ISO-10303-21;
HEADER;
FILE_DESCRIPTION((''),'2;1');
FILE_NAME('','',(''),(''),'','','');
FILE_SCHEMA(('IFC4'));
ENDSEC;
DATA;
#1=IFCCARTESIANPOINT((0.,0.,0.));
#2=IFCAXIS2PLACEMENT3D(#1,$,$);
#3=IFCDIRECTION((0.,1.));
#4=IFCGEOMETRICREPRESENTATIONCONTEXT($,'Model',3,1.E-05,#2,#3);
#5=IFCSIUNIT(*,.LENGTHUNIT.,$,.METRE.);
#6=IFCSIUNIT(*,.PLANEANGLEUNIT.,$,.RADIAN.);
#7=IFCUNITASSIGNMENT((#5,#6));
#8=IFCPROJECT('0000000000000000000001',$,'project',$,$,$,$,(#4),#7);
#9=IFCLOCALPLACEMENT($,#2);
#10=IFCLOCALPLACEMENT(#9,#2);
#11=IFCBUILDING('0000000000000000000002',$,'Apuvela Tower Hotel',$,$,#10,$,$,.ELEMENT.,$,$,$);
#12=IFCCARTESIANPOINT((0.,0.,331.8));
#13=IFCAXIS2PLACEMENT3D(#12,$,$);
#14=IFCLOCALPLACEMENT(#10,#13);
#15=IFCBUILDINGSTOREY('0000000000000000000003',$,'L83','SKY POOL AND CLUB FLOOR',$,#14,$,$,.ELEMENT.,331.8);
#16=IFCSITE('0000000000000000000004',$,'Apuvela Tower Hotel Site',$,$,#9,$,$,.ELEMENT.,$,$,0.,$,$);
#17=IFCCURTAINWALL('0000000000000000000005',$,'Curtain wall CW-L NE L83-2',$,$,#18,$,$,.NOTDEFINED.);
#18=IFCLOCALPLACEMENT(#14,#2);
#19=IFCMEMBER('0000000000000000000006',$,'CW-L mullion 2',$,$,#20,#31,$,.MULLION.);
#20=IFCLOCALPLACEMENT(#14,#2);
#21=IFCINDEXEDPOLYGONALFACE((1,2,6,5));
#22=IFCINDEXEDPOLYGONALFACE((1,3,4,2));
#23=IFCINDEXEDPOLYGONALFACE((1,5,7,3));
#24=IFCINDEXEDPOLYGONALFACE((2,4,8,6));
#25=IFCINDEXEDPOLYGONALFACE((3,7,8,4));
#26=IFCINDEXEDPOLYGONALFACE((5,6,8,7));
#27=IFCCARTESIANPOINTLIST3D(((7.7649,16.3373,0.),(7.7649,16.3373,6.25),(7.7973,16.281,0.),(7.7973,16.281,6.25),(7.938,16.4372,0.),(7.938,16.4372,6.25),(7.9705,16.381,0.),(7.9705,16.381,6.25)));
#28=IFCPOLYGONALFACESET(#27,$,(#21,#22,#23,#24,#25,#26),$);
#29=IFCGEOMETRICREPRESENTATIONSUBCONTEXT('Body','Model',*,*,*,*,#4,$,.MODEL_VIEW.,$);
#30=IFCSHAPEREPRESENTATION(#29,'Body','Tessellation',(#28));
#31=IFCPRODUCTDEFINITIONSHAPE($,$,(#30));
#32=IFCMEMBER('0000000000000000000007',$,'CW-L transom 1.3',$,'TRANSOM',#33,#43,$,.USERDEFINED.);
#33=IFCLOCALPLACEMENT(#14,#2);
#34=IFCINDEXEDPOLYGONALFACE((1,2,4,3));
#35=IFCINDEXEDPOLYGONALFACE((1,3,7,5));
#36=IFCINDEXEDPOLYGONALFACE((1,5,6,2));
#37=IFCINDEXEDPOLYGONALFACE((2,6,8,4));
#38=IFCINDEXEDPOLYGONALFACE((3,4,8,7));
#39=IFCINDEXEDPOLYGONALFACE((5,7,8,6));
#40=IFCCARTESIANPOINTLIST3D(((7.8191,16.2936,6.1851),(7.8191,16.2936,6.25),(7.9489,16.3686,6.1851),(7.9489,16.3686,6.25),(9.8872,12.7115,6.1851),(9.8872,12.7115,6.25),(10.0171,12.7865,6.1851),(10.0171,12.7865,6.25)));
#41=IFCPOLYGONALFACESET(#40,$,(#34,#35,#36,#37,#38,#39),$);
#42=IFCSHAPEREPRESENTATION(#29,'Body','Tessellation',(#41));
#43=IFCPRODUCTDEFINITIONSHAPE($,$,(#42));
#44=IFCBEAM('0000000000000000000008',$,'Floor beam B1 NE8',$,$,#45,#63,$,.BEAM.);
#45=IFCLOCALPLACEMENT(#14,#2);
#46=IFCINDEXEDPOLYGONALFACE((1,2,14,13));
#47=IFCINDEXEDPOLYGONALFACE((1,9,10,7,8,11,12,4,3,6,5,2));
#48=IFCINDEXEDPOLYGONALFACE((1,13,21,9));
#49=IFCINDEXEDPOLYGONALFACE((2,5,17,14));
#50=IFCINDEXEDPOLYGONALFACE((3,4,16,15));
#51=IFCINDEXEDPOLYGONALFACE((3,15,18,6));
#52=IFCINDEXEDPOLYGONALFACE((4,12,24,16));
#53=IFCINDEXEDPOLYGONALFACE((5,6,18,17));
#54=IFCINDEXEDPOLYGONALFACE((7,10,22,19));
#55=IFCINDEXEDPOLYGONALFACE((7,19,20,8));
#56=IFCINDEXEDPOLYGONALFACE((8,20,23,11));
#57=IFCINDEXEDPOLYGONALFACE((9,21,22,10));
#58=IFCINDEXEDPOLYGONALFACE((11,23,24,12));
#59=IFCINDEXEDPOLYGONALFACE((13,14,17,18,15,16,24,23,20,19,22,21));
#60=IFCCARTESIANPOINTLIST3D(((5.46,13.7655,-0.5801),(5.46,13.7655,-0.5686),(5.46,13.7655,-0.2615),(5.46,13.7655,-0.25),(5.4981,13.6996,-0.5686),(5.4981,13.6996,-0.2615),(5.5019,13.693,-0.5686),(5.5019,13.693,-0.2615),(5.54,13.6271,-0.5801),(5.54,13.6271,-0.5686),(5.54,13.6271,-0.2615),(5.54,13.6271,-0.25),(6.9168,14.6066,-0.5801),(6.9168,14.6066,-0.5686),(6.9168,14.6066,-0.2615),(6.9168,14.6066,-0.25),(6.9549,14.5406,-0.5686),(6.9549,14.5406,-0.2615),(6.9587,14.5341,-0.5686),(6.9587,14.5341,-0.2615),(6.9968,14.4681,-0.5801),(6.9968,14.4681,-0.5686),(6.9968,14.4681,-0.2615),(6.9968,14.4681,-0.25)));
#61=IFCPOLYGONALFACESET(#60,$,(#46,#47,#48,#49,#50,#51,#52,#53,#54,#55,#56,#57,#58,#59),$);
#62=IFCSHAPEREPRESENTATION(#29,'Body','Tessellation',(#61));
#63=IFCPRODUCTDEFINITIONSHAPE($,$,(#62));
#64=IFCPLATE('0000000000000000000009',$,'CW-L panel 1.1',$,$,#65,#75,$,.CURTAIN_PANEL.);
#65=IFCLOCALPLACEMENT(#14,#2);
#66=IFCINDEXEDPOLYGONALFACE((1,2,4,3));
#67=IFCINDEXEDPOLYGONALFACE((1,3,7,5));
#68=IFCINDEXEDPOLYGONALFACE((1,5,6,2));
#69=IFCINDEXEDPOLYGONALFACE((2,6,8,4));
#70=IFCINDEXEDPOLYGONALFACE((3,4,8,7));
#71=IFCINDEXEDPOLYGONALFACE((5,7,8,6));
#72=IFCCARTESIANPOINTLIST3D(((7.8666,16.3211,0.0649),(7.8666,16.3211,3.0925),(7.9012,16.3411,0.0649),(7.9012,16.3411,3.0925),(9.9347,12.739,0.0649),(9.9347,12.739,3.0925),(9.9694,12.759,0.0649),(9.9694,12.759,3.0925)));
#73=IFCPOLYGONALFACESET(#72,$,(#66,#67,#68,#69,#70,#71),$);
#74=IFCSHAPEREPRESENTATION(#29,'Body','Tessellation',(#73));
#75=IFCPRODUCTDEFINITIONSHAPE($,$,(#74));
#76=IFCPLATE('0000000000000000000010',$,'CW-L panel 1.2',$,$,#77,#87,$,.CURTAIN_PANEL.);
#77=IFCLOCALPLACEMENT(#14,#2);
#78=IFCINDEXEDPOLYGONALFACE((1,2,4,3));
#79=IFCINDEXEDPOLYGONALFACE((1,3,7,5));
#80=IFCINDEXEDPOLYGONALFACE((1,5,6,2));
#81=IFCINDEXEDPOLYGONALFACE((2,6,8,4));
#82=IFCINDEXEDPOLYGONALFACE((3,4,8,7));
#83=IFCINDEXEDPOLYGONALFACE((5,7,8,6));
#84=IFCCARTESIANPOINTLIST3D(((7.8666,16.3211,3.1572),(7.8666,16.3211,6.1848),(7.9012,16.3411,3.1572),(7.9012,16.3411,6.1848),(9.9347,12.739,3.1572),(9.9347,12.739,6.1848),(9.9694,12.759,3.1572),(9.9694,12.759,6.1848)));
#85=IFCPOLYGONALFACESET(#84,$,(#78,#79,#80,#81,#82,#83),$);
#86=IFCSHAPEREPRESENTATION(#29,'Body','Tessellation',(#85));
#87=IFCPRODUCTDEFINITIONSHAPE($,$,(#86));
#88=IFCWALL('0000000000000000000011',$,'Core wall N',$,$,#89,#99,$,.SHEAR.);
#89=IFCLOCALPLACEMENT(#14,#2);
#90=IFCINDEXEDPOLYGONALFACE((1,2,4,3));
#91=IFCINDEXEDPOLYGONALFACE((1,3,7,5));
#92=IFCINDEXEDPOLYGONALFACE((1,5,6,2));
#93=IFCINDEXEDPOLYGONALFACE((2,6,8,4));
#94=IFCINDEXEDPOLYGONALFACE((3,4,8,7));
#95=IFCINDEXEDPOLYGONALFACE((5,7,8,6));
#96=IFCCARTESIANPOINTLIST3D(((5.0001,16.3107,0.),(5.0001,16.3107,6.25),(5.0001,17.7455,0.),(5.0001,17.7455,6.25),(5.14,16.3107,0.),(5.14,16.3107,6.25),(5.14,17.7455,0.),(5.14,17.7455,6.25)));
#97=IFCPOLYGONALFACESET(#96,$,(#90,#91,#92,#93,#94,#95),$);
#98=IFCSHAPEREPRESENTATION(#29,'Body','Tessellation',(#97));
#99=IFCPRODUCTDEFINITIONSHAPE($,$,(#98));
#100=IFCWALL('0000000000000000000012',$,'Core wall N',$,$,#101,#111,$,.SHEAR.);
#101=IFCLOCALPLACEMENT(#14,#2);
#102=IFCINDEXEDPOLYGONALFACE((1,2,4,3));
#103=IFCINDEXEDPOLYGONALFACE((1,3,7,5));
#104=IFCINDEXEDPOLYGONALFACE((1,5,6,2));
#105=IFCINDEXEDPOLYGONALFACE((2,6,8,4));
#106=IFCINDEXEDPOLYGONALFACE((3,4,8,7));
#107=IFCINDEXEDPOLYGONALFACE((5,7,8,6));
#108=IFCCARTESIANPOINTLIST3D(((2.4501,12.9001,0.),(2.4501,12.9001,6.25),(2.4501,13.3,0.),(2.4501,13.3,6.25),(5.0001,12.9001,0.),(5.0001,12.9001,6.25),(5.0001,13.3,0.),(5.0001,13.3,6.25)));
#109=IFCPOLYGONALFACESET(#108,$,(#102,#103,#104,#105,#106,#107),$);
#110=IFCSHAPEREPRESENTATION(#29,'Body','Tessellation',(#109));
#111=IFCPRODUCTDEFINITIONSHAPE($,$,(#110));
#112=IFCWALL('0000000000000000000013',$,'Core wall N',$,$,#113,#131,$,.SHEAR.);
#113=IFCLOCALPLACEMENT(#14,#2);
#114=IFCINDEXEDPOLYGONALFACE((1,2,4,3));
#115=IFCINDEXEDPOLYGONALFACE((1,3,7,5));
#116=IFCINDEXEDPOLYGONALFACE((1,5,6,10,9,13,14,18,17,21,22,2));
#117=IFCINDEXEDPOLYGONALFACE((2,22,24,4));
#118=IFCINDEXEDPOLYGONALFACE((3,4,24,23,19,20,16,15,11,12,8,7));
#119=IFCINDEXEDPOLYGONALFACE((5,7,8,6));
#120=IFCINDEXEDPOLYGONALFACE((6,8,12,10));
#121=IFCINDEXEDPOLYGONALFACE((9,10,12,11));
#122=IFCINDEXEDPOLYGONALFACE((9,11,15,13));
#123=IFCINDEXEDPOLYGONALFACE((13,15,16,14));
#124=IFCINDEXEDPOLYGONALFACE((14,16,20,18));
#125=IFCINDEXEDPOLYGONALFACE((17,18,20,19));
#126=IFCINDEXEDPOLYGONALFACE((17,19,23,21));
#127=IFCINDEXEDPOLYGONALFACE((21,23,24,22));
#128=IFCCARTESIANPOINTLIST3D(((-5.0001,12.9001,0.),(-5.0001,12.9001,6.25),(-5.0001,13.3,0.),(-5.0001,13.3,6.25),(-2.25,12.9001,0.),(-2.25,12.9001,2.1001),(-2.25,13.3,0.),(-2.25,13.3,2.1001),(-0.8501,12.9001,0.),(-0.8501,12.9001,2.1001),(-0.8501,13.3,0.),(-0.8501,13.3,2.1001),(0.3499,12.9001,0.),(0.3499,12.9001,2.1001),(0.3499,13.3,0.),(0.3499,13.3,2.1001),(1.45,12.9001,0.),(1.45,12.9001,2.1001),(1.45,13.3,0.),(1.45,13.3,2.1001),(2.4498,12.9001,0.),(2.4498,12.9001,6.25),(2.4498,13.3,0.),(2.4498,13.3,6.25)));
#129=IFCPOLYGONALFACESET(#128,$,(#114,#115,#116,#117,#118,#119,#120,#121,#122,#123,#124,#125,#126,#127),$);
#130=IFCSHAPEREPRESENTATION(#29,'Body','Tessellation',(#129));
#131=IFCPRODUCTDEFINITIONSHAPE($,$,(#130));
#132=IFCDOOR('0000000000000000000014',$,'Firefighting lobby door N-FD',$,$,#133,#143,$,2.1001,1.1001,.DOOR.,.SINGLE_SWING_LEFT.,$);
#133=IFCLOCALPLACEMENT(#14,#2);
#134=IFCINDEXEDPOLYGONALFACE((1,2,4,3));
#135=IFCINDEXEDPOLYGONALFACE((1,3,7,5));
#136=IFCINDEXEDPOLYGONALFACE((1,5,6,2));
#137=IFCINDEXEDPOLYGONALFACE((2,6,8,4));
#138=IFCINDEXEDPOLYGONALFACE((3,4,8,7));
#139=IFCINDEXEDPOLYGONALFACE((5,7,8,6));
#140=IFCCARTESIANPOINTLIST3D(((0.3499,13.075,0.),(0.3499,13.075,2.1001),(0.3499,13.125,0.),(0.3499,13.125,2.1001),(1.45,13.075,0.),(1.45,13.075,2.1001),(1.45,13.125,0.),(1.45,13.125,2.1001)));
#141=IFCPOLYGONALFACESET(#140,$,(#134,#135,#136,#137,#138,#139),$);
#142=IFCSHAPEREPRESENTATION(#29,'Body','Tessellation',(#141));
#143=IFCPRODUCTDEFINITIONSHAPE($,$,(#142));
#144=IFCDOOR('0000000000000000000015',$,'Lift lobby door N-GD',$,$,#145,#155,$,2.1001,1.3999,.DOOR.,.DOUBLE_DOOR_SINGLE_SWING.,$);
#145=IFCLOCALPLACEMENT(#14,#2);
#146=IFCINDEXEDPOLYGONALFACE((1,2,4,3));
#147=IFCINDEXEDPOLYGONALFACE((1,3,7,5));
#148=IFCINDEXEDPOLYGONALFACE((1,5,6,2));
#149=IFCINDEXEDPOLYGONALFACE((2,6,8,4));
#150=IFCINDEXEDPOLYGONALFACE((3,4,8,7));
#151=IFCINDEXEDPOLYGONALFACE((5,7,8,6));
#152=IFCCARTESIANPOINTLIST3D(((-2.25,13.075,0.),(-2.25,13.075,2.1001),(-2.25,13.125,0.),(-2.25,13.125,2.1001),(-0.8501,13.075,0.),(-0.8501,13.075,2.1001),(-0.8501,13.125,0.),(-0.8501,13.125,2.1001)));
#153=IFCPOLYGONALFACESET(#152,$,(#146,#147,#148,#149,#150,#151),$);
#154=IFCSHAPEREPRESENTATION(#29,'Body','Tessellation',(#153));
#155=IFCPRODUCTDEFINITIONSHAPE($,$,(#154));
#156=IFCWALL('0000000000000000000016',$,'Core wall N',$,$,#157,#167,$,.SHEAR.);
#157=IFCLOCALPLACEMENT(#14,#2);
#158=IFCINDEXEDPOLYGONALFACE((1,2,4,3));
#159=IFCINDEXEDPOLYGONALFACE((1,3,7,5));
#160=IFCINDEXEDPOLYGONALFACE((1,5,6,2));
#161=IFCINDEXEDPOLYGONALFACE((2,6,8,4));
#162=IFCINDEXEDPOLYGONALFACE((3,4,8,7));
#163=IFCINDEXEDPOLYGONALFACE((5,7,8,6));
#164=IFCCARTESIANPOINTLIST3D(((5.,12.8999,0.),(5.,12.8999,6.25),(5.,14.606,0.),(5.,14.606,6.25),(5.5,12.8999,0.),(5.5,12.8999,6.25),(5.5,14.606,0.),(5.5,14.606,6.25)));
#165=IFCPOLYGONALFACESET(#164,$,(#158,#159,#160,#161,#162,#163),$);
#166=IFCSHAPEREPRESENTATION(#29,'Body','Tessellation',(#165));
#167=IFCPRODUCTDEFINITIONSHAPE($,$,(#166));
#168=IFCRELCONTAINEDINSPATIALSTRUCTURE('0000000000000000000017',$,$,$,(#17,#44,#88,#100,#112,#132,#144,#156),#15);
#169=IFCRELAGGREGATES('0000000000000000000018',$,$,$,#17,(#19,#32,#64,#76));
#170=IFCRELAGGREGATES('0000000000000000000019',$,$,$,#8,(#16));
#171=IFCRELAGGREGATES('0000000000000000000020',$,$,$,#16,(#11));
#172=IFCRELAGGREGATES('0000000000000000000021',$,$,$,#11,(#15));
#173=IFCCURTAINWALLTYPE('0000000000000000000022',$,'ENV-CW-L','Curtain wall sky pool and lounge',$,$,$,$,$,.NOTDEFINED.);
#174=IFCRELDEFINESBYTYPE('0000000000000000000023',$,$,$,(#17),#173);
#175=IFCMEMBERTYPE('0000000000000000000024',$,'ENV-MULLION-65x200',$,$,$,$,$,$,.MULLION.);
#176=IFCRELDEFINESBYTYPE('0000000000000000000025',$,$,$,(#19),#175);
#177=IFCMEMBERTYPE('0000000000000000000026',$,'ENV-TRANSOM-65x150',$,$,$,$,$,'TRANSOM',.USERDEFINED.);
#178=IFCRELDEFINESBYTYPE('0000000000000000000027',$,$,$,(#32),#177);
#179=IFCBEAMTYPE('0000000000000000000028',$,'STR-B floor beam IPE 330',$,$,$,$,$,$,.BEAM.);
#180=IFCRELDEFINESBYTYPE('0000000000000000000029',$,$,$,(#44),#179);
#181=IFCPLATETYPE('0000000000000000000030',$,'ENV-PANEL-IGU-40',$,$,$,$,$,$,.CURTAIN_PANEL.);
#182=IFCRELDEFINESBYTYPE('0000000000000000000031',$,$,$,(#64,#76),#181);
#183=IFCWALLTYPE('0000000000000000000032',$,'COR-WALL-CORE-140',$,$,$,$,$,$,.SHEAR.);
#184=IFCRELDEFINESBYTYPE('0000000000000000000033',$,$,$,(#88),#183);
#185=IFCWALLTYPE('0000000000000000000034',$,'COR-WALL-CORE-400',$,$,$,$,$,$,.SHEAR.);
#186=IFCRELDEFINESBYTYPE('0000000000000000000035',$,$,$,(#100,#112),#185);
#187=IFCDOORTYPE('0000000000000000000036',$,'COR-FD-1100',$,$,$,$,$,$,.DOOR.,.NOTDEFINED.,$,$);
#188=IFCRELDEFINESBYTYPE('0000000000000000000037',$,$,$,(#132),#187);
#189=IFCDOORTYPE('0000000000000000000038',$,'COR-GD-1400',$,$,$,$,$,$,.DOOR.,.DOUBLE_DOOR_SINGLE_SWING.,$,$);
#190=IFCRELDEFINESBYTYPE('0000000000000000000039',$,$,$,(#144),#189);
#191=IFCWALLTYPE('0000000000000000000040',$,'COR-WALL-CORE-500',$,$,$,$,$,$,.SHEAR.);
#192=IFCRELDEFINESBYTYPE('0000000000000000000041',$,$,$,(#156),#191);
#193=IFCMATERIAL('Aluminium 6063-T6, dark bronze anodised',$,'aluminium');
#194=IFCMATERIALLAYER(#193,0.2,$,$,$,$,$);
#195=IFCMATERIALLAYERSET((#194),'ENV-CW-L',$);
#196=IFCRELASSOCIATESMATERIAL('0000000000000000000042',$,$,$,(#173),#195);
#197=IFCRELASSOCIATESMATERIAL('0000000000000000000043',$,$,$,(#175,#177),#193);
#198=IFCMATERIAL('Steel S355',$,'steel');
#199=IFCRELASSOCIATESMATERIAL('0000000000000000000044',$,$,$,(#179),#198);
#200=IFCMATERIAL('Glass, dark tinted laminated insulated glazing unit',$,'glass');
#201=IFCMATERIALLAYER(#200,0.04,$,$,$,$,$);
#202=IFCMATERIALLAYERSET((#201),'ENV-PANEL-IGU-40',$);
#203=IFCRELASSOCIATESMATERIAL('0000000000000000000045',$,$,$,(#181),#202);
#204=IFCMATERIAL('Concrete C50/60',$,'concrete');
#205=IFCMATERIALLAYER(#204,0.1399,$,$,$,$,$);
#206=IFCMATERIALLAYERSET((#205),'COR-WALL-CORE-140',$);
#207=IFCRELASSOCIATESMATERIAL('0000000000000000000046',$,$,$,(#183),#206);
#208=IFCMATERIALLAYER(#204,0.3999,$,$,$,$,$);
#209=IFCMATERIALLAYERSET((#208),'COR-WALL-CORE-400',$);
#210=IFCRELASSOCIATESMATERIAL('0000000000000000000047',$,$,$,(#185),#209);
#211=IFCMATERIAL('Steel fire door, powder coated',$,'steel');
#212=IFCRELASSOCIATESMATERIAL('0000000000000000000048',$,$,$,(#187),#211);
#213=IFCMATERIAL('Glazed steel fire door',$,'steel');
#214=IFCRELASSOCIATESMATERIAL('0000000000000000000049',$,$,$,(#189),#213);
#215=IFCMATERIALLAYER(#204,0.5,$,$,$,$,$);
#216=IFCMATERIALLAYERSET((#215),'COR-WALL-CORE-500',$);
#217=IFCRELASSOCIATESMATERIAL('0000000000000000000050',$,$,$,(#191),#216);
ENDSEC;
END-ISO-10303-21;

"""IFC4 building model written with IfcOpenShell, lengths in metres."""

from ifc_helpers import new_model, si_unit, direction, frame, frame_2d, origin, origin_2d, place, context, subcontext, project, spatial, rectangle, i_section, extrude, material, layer, layer_set, material_profile, profile_set, type_object, element, fill, aggregate, save


model = new_model("IFC4")

# Units and contexts
model_context = context("Model", 3, precision=1e-05, world=origin(), true_north=direction((0.0, 1.0)))
body_context = subcontext(model_context, "Body", "Model", "MODEL_VIEW")
ifc_project = project(units=[si_unit("LENGTHUNIT", "METRE"), si_unit("PLANEANGLEUNIT", "RADIAN")], contexts=[model_context])

# Site, building, storey
site_placement = place(None, origin())
site = spatial("IfcSite", under=ifc_project, at=site_placement, Name="Apuvela Tower Hotel Site", CompositionType="ELEMENT", RefElevation=0.0)
building_placement = place(site_placement, origin())
building = spatial("IfcBuilding", under=site, at=building_placement, Name="Apuvela Tower Hotel", CompositionType="ELEMENT")
storey_placement = place(building_placement, frame((0.0, 0.0, 331.8)))
storey = spatial("IfcBuildingStorey", under=building, at=storey_placement, Name="L83", Description="SKY POOL AND CLUB FLOOR", CompositionType="ELEMENT", Elevation=331.8)

# Curtain wall, members
ifc_material_1 = material(Name="Aluminium 6063-T6, dark bronze anodised", Category="aluminium")
ifc_layer_1 = layer(ifc_material_1, 0.2)
ifc_layer_set_1 = layer_set([ifc_layer_1], Name="ENV-CW-L")
curtain_wall_type = type_object("IfcCurtainWallType", Name="ENV-CW-L", Description="Curtain wall sky pool and lounge", PredefinedType="NOTDEFINED", material=ifc_layer_set_1)
curtain_wall_placement = place(storey_placement, origin())
curtain_wall = element("IfcCurtainWall", 1, at=curtain_wall_placement, inside=storey, type_object=curtain_wall_type, Name="Curtain wall CW-L NE L83-2", PredefinedType="NOTDEFINED")
ifc_material_profile_1 = material_profile(ifc_material_1, rectangle(XDim=0.2, YDim=0.0649, at=origin_2d()), Name="AL 65x200")
ifc_profile_set_1 = profile_set([ifc_material_profile_1], Name="Aluminium 6063-T6, dark bronze anodised")
member_type_1 = type_object("IfcMemberType", Name="ENV-MULLION-65x200", PredefinedType="MULLION", material=ifc_profile_set_1)
member_1_placement = place(storey_placement, frame((7.8677, 16.3591, 0.0), z_axis=(0.0, 0.0, 1.0), x_axis=(-0.866023, -0.500004, 0.0)))
member_1 = element("IfcMember", 2, at=member_1_placement, type_object=member_type_1, Name="CW-L mullion 2", PredefinedType="MULLION", context=body_context, shape_type="SweptSolid", body=[
    extrude(rectangle(XDim=0.2, YDim=0.0649, at=origin_2d()), origin(), (0.0, 0.0, 1.0), 6.25),
])
ifc_material_profile_2 = material_profile(ifc_material_1, rectangle(XDim=0.1499, YDim=0.0649, at=origin_2d()), Name="AL 65x150 transom")
ifc_profile_set_2 = profile_set([ifc_material_profile_2], Name="Aluminium 6063-T6, dark bronze anodised")
member_type_2 = type_object("IfcMemberType", Name="ENV-TRANSOM-65x150", ElementType="TRANSOM", PredefinedType="USERDEFINED", material=ifc_profile_set_2)
member_2_placement = place(storey_placement, frame((9.9521, 12.749, 6.2175), z_axis=(-0.500005, 0.866022, 0.0), x_axis=(-0.866022, -0.500005, 0.0)))
member_2 = element("IfcMember", 3, at=member_2_placement, type_object=member_type_2, Name="CW-L transom 1.3", ObjectType="TRANSOM", PredefinedType="USERDEFINED", context=body_context, shape_type="SweptSolid", body=[
    extrude(rectangle(XDim=0.1499, YDim=0.0649, at=origin_2d()), origin(), (0.0, 0.0, 1.0), 4.1362),
])

# Beam
ifc_material_2 = material(Name="Steel S355", Category="steel")
ifc_material_profile_3 = material_profile(ifc_material_2, i_section(OverallWidth=0.1599, OverallDepth=0.3301, WebThickness=0.0076, FlangeThickness=0.0115, at=origin_2d()), Name="IPE 330")
ifc_profile_set_3 = profile_set([ifc_material_profile_3], Name="Steel S355")
beam_type = type_object("IfcBeamType", Name="STR-B floor beam IPE 330", PredefinedType="BEAM", material=ifc_profile_set_3)
beam_placement = place(storey_placement, frame((6.9568, 14.5374, -0.415), z_axis=(-0.866028, -0.499995, 0.0), x_axis=(0.499995, -0.866028, 0.0)))
element("IfcBeam", 4, at=beam_placement, inside=storey, type_object=beam_type, Name="Floor beam B1 NE8", PredefinedType="BEAM", context=body_context, shape_type="SweptSolid", body=[
    extrude(i_section(OverallWidth=0.1599, OverallDepth=0.3301, WebThickness=0.0076, FlangeThickness=0.0115, at=origin_2d()), origin(), (0.0, 0.0, 1.0), 1.6821),
])

# Plates
ifc_material_3 = material(Name="Glass, dark tinted laminated insulated glazing unit", Category="glass")
ifc_layer_2 = layer(ifc_material_3, 0.04)
ifc_layer_set_2 = layer_set([ifc_layer_2], Name="ENV-PANEL-IGU-40")
plate_type = type_object("IfcPlateType", Name="ENV-PANEL-IGU-40", PredefinedType="CURTAIN_PANEL", material=ifc_layer_set_2)
plate_1_placement = place(storey_placement, frame((8.918, 14.54, 0.0649), z_axis=(0.0, 0.0, 1.0), x_axis=(-0.500004, 0.866023, 0.0)))
plate_1 = element("IfcPlate", 5, at=plate_1_placement, type_object=plate_type, Name="CW-L panel 1.1", PredefinedType="CURTAIN_PANEL", context=body_context, shape_type="SweptSolid", body=[
    extrude(rectangle(XDim=4.1362, YDim=0.04, at=origin_2d()), origin(), (0.0, 0.0, 1.0), 3.0276),
])
plate_2_placement = place(storey_placement, frame((8.918, 14.54, 3.1572), z_axis=(0.0, 0.0, 1.0), x_axis=(-0.500004, 0.866023, 0.0)))
plate_2 = element("IfcPlate", 6, at=plate_2_placement, type_object=plate_type, Name="CW-L panel 1.2", PredefinedType="CURTAIN_PANEL", context=body_context, shape_type="SweptSolid", body=[
    extrude(rectangle(XDim=4.1362, YDim=0.04, at=origin_2d()), origin(), (0.0, 0.0, 1.0), 3.0276),
])
aggregate(curtain_wall, [member_1, member_2, plate_1, plate_2])

# Walls
ifc_material_4 = material(Name="Concrete C50/60", Category="concrete")
ifc_layer_3 = layer(ifc_material_4, 0.1399)
ifc_layer_set_3 = layer_set([ifc_layer_3], Name="COR-WALL-CORE-140")
wall_type_1 = type_object("IfcWallType", Name="COR-WALL-CORE-140", PredefinedType="SHEAR", material=ifc_layer_set_3)
wall_1_placement = place(storey_placement, frame((5.0701, 16.3108, 0.0), z_axis=(0.0, 0.0, 1.0), x_axis=(0.0, 1.0, 0.0)))
element("IfcWall", 7, at=wall_1_placement, inside=storey, type_object=wall_type_1, Name="Core wall N", PredefinedType="SHEAR", context=body_context, shape_type="SweptSolid", body=[
    extrude(rectangle(XDim=1.4348, YDim=0.1399, at=frame_2d((0.7173, 0.0))), origin(), (0.0, 0.0, 1.0), 6.25),
])
ifc_layer_4 = layer(ifc_material_4, 0.3999)
ifc_layer_set_4 = layer_set([ifc_layer_4], Name="COR-WALL-CORE-400")
wall_type_2 = type_object("IfcWallType", Name="COR-WALL-CORE-400", PredefinedType="SHEAR", material=ifc_layer_set_4)
wall_2_placement = place(storey_placement, frame((5.0, 13.1001, 0.0), z_axis=(0.0, 0.0, 1.0), x_axis=(-1.0, 0.0, 0.0)))
element("IfcWall", 8, at=wall_2_placement, inside=storey, type_object=wall_type_2, Name="Core wall N", PredefinedType="SHEAR", context=body_context, shape_type="SweptSolid", body=[
    extrude(rectangle(XDim=2.55, YDim=0.3999, at=frame_2d((1.2749, 0.0))), origin(), (0.0, 0.0, 1.0), 6.25),
])

# Wall, openings, doors
wall_3_placement = place(storey_placement, frame((2.45, 13.1001, 0.0), z_axis=(0.0, 0.0, 1.0), x_axis=(-1.0, 0.0, 0.0)))
wall_3 = element("IfcWall", 9, at=wall_3_placement, inside=storey, type_object=wall_type_2, Name="Core wall N", PredefinedType="SHEAR", context=body_context, shape_type="SweptSolid", body=[
    extrude(rectangle(XDim=7.45, YDim=0.3999, at=frame_2d((3.7251, 0.0))), origin(), (0.0, 0.0, 1.0), 6.25),
])
opening_1_placement = place(wall_3_placement, frame((1.0, 0.0, 0.0)))
opening_1 = element("IfcOpeningElement", 10, at=opening_1_placement, cuts=wall_3, PredefinedType="OPENING", context=body_context, shape_type="SweptSolid", body=[
    extrude(rectangle(XDim=1.1001, YDim=2.1001, at=frame_2d((0.55, 1.05))), frame((0.0, 0.21, 0.0), z_axis=(0.0, -1.0, 0.0), x_axis=(1.0, 0.0, 0.0)), (0.0, 0.0, 1.0), 0.4199),
])
opening_2_placement = place(wall_3_placement, frame((3.3, 0.0, 0.0)))
opening_2 = element("IfcOpeningElement", 11, at=opening_2_placement, cuts=wall_3, PredefinedType="OPENING", context=body_context, shape_type="SweptSolid", body=[
    extrude(rectangle(XDim=1.3999, YDim=2.1001, at=frame_2d((0.7, 1.05))), frame((0.0, 0.21, 0.0), z_axis=(0.0, -1.0, 0.0), x_axis=(1.0, 0.0, 0.0)), (0.0, 0.0, 1.0), 0.4199),
])
ifc_material_5 = material(Name="Steel fire door, powder coated", Category="steel")
door_type_1 = type_object("IfcDoorType", Name="COR-FD-1100", OperationType="NOTDEFINED", PredefinedType="DOOR", material=ifc_material_5)
door_1_placement = place(opening_1_placement, frame((1.1001, 0.0, 0.0), z_axis=(0.0, 0.0, 1.0), x_axis=(-1.0, 0.0, 0.0)))
door_1 = element("IfcDoor", 12, at=door_1_placement, inside=storey, type_object=door_type_1, Name="Firefighting lobby door N-FD", OperationType="SINGLE_SWING_LEFT", OverallHeight=2.1001, OverallWidth=1.1001, PredefinedType="DOOR", context=body_context, shape_type="SweptSolid", body=[
    extrude(rectangle(XDim=1.1001, YDim=2.1001, at=frame_2d((0.55, 1.05))), frame((0.0, 0.0249, 0.0), z_axis=(0.0, -1.0, 0.0), x_axis=(1.0, 0.0, 0.0)), (0.0, 0.0, 1.0), 0.05),
])
fill(opening_1, door_1)
ifc_material_6 = material(Name="Glazed steel fire door", Category="steel")
door_type_2 = type_object("IfcDoorType", Name="COR-GD-1400", OperationType="DOUBLE_DOOR_SINGLE_SWING", PredefinedType="DOOR", material=ifc_material_6)
door_2_placement = place(opening_2_placement, frame((1.3999, 0.0, 0.0), z_axis=(0.0, 0.0, 1.0), x_axis=(-1.0, 0.0, 0.0)))
door_2 = element("IfcDoor", 13, at=door_2_placement, inside=storey, type_object=door_type_2, Name="Lift lobby door N-GD", OperationType="DOUBLE_DOOR_SINGLE_SWING", OverallHeight=2.1001, OverallWidth=1.3999, PredefinedType="DOOR", context=body_context, shape_type="SweptSolid", body=[
    extrude(rectangle(XDim=1.3999, YDim=2.1001, at=frame_2d((0.7, 1.05))), frame((0.0, 0.0249, 0.0), z_axis=(0.0, -1.0, 0.0), x_axis=(1.0, 0.0, 0.0)), (0.0, 0.0, 1.0), 0.05),
])
fill(opening_2, door_2)

# Wall
ifc_layer_5 = layer(ifc_material_4, 0.5)
ifc_layer_set_5 = layer_set([ifc_layer_5], Name="COR-WALL-CORE-500")
wall_type_3 = type_object("IfcWallType", Name="COR-WALL-CORE-500", PredefinedType="SHEAR", material=ifc_layer_set_5)
wall_4_placement = place(storey_placement, frame((5.25, 12.8999, 0.0), z_axis=(0.0, 0.0, 1.0), x_axis=(0.0, 1.0, 0.0)))
element("IfcWall", 14, at=wall_4_placement, inside=storey, type_object=wall_type_3, Name="Core wall N", PredefinedType="SHEAR", context=body_context, shape_type="SweptSolid", body=[
    extrude(rectangle(XDim=1.7061, YDim=0.5, at=frame_2d((0.853, 0.0))), origin(), (0.0, 0.0, 1.0), 6.25),
])

save(model, "model.ifc")
